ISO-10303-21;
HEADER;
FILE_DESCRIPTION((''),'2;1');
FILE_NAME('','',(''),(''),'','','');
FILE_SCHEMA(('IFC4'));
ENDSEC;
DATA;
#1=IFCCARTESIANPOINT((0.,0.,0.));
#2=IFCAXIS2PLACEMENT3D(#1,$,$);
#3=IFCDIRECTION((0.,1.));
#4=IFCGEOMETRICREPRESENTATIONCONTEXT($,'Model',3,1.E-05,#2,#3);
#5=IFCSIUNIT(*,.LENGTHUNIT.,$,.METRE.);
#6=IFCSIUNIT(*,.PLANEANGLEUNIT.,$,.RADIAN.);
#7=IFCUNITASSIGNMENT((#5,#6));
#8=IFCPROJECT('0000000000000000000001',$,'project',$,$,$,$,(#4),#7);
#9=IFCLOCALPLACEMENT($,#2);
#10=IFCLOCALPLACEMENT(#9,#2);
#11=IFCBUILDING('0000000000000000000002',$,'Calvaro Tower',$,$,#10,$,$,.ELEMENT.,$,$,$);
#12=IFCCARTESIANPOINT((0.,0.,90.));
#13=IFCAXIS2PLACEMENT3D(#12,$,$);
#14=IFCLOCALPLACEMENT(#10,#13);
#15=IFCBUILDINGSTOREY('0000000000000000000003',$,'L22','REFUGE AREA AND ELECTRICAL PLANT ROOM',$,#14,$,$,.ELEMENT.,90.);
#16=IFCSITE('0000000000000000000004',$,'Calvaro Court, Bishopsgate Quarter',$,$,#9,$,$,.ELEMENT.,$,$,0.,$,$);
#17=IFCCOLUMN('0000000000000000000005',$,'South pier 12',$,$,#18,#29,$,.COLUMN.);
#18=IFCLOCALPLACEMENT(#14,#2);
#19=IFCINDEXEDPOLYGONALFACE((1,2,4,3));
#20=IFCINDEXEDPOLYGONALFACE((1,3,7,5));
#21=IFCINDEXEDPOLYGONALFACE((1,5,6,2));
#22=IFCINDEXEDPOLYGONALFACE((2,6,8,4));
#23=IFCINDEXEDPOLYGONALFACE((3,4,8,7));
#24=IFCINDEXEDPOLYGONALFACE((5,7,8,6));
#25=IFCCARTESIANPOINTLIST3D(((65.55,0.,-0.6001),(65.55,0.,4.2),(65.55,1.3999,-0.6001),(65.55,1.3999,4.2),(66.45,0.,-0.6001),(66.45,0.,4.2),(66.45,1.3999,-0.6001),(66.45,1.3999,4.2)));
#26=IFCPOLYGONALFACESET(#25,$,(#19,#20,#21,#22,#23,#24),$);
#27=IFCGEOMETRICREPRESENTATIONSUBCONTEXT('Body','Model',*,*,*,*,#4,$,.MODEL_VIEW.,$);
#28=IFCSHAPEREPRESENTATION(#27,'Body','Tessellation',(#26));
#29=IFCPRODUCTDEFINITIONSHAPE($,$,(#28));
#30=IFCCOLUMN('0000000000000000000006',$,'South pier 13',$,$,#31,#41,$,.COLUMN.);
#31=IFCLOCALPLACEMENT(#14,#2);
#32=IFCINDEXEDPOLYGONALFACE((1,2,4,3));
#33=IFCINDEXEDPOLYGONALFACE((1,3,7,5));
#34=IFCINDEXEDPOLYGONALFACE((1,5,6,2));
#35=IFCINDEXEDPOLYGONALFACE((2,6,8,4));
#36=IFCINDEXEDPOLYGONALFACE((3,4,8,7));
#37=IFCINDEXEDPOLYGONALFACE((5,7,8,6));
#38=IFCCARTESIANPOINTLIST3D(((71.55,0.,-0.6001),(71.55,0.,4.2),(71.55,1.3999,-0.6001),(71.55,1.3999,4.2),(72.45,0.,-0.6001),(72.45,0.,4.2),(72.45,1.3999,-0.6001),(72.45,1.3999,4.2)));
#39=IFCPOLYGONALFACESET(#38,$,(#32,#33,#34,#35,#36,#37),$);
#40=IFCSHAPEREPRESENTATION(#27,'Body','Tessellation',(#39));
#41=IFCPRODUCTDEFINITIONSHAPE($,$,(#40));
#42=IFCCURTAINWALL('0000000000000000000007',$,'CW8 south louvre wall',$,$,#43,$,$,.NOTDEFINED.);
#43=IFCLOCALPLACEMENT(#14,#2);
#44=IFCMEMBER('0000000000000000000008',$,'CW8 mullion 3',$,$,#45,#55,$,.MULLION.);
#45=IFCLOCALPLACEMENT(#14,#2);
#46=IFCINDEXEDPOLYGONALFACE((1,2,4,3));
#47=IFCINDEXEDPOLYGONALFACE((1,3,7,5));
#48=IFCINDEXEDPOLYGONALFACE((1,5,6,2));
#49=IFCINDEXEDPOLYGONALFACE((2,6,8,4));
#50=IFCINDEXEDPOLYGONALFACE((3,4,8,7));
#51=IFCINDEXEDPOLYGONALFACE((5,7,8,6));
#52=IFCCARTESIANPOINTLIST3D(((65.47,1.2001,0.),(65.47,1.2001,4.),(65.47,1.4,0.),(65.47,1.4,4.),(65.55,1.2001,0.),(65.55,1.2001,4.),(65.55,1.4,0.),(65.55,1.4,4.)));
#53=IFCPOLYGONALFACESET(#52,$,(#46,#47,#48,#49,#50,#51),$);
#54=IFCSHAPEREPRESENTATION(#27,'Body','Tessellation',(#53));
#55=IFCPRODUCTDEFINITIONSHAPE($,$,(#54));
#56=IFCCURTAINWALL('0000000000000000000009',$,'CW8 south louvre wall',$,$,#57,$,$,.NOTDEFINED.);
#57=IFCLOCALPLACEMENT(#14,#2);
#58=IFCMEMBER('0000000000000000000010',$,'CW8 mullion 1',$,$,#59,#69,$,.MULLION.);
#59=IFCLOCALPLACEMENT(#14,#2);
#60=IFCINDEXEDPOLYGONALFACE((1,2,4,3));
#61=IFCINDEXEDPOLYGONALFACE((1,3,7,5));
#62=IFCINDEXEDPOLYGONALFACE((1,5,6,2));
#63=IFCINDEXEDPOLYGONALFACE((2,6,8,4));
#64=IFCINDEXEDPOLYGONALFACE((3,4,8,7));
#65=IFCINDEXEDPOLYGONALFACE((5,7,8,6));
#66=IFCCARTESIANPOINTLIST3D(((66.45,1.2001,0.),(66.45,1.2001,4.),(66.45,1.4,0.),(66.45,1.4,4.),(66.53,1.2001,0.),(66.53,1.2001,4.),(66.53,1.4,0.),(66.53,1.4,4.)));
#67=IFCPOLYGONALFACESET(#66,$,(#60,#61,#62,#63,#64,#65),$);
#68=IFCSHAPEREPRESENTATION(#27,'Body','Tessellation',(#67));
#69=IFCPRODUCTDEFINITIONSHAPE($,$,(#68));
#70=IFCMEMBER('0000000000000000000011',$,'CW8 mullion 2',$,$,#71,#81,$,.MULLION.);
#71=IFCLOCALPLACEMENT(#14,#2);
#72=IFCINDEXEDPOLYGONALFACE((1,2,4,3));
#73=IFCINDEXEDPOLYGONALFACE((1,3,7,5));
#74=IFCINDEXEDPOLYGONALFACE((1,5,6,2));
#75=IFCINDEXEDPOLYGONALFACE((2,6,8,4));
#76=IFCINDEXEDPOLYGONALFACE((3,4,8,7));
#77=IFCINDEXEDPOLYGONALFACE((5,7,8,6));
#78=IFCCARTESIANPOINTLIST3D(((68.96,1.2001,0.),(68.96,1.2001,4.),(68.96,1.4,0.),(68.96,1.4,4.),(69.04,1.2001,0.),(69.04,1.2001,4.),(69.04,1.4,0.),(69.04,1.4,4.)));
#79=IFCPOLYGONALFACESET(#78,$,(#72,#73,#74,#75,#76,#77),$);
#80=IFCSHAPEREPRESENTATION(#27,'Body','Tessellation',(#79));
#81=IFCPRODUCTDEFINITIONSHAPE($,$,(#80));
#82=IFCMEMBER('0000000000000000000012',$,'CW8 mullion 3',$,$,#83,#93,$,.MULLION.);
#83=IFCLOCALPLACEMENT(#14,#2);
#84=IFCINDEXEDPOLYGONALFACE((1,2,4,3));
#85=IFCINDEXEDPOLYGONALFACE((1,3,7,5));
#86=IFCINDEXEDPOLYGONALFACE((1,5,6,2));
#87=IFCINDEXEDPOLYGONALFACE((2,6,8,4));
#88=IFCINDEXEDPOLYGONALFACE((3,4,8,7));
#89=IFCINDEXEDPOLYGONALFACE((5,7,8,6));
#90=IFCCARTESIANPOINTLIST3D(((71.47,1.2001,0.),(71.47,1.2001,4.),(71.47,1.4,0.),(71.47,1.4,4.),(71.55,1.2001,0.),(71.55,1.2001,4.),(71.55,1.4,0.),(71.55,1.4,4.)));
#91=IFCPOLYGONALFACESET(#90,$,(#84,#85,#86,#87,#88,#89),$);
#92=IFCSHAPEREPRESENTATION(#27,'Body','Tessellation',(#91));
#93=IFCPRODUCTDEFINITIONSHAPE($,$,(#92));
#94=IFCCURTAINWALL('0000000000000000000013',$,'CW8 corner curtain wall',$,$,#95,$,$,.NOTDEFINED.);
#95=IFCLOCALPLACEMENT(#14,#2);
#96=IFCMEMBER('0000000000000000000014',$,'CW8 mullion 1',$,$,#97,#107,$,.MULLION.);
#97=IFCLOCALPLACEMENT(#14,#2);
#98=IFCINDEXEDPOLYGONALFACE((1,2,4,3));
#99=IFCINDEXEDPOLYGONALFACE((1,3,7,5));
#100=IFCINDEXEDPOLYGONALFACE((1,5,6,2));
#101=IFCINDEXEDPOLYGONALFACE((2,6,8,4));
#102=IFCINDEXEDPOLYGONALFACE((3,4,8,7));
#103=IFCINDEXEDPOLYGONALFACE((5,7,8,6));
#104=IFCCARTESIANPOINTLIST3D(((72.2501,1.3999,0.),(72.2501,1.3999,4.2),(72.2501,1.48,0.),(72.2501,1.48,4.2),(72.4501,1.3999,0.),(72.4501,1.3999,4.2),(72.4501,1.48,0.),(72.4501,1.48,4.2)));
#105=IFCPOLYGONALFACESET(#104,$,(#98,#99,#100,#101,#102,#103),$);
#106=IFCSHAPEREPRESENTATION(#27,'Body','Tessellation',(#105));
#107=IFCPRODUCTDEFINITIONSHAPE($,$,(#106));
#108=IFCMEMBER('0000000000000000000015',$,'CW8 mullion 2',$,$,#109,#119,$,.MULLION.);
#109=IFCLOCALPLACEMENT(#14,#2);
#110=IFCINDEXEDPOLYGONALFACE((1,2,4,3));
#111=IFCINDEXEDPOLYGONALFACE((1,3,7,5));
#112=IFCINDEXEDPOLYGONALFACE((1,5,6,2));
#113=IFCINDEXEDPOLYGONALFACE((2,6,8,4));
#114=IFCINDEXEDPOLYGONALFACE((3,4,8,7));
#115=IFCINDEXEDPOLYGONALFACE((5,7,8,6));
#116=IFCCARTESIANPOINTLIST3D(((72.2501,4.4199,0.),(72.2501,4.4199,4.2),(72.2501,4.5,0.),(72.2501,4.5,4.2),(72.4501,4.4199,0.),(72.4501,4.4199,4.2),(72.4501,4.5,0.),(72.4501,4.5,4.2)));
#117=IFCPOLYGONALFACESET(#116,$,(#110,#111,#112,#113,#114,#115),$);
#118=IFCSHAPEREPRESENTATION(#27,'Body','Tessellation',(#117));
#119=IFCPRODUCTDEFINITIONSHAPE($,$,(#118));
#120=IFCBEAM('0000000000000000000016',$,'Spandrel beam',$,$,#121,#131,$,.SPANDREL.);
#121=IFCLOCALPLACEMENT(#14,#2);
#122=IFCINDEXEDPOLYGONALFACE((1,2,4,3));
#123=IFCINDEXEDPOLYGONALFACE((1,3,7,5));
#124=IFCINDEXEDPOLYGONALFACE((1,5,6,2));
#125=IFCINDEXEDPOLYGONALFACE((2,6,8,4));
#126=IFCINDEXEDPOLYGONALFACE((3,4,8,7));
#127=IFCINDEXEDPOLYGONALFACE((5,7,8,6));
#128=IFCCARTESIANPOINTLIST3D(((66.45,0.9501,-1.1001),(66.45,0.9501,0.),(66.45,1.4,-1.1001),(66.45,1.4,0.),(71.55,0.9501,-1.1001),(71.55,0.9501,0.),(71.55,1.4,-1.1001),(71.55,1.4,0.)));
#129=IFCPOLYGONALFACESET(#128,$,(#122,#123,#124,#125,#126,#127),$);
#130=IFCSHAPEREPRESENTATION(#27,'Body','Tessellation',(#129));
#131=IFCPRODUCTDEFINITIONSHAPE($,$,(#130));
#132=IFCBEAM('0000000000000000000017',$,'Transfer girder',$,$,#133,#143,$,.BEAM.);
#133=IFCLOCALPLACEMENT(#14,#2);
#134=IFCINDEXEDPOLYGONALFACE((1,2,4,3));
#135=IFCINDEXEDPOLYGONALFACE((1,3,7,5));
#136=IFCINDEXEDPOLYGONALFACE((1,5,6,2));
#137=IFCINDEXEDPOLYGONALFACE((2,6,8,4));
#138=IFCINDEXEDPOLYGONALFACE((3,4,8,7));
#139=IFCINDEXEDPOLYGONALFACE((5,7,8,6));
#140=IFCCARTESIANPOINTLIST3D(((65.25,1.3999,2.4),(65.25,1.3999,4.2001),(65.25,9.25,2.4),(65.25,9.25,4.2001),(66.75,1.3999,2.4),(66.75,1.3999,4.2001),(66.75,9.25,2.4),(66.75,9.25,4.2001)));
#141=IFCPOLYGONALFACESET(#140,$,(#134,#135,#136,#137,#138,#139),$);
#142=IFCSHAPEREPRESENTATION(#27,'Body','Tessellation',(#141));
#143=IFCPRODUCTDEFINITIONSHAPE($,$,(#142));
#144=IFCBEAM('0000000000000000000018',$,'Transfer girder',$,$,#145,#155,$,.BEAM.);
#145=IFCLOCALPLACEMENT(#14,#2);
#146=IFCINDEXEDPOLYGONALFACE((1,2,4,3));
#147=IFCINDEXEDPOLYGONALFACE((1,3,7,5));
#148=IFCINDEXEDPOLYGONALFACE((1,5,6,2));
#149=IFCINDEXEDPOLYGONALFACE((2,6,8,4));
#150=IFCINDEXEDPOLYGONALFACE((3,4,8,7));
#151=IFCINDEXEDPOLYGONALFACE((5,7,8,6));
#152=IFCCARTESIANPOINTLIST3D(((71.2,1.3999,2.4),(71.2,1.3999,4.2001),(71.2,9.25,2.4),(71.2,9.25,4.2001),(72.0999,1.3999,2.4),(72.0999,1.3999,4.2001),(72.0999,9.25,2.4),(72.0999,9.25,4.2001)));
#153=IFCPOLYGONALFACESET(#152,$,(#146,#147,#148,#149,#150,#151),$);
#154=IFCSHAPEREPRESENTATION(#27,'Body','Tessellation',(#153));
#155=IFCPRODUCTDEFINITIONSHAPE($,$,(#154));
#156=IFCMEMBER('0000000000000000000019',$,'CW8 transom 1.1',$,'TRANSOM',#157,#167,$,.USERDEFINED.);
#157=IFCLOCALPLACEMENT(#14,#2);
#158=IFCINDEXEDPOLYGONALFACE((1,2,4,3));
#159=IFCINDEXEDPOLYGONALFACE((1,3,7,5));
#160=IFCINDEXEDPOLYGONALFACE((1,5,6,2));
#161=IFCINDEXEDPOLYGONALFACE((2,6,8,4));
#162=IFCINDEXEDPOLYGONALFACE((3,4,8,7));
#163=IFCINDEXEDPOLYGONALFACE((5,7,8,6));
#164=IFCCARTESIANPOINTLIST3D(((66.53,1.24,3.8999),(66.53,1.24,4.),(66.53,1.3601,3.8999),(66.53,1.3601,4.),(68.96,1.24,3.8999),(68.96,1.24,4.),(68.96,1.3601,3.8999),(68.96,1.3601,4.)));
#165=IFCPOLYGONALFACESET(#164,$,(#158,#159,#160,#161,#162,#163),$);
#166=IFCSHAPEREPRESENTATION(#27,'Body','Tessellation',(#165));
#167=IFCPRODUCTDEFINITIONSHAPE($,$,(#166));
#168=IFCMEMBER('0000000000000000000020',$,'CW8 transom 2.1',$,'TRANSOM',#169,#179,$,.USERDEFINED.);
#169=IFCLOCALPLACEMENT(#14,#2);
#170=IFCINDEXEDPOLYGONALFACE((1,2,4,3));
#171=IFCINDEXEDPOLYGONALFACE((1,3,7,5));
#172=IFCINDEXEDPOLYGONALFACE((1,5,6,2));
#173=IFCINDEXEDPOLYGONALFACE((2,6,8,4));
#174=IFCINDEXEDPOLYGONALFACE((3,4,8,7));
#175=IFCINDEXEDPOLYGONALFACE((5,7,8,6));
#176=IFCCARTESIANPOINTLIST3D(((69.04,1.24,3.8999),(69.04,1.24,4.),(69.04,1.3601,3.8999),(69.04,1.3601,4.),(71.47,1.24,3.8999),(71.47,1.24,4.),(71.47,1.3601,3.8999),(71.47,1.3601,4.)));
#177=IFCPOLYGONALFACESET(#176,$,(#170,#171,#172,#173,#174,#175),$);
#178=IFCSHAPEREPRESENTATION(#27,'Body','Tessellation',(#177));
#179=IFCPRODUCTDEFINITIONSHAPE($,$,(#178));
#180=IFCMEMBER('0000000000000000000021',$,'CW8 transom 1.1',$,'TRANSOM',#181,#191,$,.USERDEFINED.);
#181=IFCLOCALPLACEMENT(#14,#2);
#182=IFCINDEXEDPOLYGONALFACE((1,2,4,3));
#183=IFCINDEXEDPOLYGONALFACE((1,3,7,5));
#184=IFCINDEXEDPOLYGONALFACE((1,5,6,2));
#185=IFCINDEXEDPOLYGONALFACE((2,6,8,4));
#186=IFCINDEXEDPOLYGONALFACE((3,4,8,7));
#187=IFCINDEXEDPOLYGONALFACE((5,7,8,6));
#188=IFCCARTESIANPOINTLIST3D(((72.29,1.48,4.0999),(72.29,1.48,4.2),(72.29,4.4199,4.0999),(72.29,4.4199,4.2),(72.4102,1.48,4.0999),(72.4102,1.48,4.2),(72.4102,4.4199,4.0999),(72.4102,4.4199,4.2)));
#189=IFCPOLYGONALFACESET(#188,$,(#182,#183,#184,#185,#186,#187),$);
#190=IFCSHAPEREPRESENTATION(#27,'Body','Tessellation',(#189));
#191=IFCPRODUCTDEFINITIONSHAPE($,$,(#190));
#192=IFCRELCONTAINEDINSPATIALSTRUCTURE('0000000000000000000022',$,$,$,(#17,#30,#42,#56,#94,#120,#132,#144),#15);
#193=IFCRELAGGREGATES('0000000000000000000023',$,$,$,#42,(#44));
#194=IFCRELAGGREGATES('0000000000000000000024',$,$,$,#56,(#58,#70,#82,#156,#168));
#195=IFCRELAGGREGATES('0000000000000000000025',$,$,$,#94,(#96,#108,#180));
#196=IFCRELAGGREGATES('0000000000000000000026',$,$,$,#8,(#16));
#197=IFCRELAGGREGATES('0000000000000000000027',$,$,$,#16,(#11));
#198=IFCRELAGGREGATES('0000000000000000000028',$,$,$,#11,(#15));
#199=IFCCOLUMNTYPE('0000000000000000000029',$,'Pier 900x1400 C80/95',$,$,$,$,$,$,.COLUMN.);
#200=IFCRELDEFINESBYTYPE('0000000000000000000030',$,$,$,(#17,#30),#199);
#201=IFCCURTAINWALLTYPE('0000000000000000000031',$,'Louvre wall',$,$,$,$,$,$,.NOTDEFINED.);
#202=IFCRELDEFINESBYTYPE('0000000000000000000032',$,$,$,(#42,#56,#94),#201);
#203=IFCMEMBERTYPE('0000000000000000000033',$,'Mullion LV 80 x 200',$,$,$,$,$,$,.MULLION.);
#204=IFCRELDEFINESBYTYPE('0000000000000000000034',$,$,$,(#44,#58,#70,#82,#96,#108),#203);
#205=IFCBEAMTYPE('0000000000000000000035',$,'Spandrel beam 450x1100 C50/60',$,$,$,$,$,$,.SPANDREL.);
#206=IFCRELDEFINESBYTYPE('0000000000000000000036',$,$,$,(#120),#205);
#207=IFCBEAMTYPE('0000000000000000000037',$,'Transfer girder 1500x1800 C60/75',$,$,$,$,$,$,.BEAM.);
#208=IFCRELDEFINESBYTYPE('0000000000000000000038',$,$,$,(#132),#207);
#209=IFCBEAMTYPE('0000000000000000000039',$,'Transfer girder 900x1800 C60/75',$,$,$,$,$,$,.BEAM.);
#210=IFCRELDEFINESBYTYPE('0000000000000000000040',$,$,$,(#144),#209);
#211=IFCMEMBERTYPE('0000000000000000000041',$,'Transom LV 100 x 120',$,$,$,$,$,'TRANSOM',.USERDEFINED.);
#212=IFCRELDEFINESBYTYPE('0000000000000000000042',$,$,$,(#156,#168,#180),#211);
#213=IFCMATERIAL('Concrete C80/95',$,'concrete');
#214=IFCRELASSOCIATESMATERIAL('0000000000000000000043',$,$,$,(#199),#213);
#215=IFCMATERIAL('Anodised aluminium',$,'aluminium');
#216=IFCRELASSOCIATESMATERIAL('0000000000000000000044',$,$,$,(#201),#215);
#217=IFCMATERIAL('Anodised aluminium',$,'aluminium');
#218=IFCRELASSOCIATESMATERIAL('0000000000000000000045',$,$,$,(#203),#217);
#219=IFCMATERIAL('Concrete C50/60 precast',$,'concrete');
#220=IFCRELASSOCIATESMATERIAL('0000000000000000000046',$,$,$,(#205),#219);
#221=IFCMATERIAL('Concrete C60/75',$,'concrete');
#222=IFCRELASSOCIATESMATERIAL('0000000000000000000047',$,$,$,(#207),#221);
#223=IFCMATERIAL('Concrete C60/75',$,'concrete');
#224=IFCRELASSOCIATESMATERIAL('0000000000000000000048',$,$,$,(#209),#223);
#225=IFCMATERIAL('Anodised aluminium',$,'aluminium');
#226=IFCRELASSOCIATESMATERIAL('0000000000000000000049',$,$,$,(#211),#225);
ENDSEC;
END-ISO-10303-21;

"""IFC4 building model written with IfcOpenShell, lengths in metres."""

from ifc_helpers import new_model, si_unit, direction, frame, origin, origin_2d, place, context, subcontext, project, spatial, rectangle, extrude, material, material_profile, profile_set, type_object, element, aggregate, save


model = new_model("IFC4")

# Units and contexts
model_context = context("Model", 3, precision=1e-05, world=origin(), true_north=direction((0.0, 1.0)))
body_context = subcontext(model_context, "Body", "Model", "MODEL_VIEW")
ifc_project = project(units=[si_unit("LENGTHUNIT", "METRE"), si_unit("PLANEANGLEUNIT", "RADIAN")], contexts=[model_context])

# Site, building, storey
site_placement = place(None, origin())
site = spatial("IfcSite", under=ifc_project, at=site_placement, Name="Calvaro Court, Bishopsgate Quarter", CompositionType="ELEMENT", RefElevation=0.0)
building_placement = place(site_placement, origin())
building = spatial("IfcBuilding", under=site, at=building_placement, Name="Calvaro Tower", CompositionType="ELEMENT")
storey_placement = place(building_placement, frame((0.0, 0.0, 90.0)))
storey = spatial("IfcBuildingStorey", under=building, at=storey_placement, Name="L22", Description="REFUGE AREA AND ELECTRICAL PLANT ROOM", CompositionType="ELEMENT", Elevation=90.0)

# Columns
ifc_material_1 = material(Name="Concrete C80/95", Category="concrete")
ifc_material_profile_1 = material_profile(ifc_material_1, rectangle(XDim=0.8999, YDim=1.3999, at=origin_2d()), Name="RC 900x1400")
ifc_profile_set_1 = profile_set([ifc_material_profile_1], Name="Concrete C80/95")
column_type = type_object("IfcColumnType", Name="Pier 900x1400 C80/95", PredefinedType="COLUMN", material=ifc_profile_set_1)
for number, where, z_axis, x_axis, name in (
    (1, (66.0, 0.7, -0.6001), (0.0, 0.0, 1.0), (1.0, 0.0, 0.0), "South pier 12"),
    (2, (72.0, 0.7, -0.6001), (0.0, 0.0, 1.0), (1.0, 0.0, 0.0), "South pier 13"),
):
    element("IfcColumn", number, at=place(storey_placement, frame(where, z_axis=z_axis, x_axis=x_axis)), inside=storey, type_object=column_type, Name=name, PredefinedType="COLUMN", context=body_context, shape_type="SweptSolid", body=[
        extrude(rectangle(XDim=0.8999, YDim=1.3999, at=origin_2d()), origin(), (0.0, 0.0, 1.0), 4.8),
    ])

# Curtain wall, member
ifc_material_2 = material(Name="Anodised aluminium", Category="aluminium")
curtain_wall_type = type_object("IfcCurtainWallType", Name="Louvre wall", PredefinedType="NOTDEFINED", material=ifc_material_2)
curtain_wall_1_placement = place(storey_placement, origin())
curtain_wall_1 = element("IfcCurtainWall", 3, at=curtain_wall_1_placement, inside=storey, type_object=curtain_wall_type, Name="CW8 south louvre wall", PredefinedType="NOTDEFINED")
ifc_material_3 = material(Name="Anodised aluminium", Category="aluminium")
ifc_material_profile_2 = material_profile(ifc_material_3, rectangle(XDim=0.2, YDim=0.0801, at=origin_2d()), Name="Mullion LV 80 x 200")
ifc_profile_set_2 = profile_set([ifc_material_profile_2], Name="Anodised aluminium")
member_type_1 = type_object("IfcMemberType", Name="Mullion LV 80 x 200", PredefinedType="MULLION", material=ifc_profile_set_2)
member_1_placement = place(storey_placement, frame((65.51, 1.3, 0.0), z_axis=(0.0, 0.0, 1.0), x_axis=(0.0, 1.0, 0.0)))
member_1 = element("IfcMember", 4, at=member_1_placement, type_object=member_type_1, Name="CW8 mullion 3", PredefinedType="MULLION", context=body_context, shape_type="SweptSolid", body=[
    extrude(rectangle(XDim=0.2, YDim=0.0801, at=origin_2d()), origin(), (0.0, 0.0, 1.0), 4.0),
])
aggregate(curtain_wall_1, [member_1])

# Curtain walls, members
curtain_wall_2_placement = place(storey_placement, origin())
curtain_wall_2 = element("IfcCurtainWall", 5, at=curtain_wall_2_placement, inside=storey, type_object=curtain_wall_type, Name="CW8 south louvre wall", PredefinedType="NOTDEFINED")
member_2_placement = place(storey_placement, frame((66.49, 1.3, 0.0), z_axis=(0.0, 0.0, 1.0), x_axis=(0.0, 1.0, 0.0)))
member_2 = element("IfcMember", 6, at=member_2_placement, type_object=member_type_1, Name="CW8 mullion 1", PredefinedType="MULLION", context=body_context, shape_type="SweptSolid", body=[
    extrude(rectangle(XDim=0.2, YDim=0.0801, at=origin_2d()), origin(), (0.0, 0.0, 1.0), 4.0),
])
member_3_placement = place(storey_placement, frame((69.0, 1.3, 0.0), z_axis=(0.0, 0.0, 1.0), x_axis=(0.0, 1.0, 0.0)))
member_3 = element("IfcMember", 7, at=member_3_placement, type_object=member_type_1, Name="CW8 mullion 2", PredefinedType="MULLION", context=body_context, shape_type="SweptSolid", body=[
    extrude(rectangle(XDim=0.2, YDim=0.0801, at=origin_2d()), origin(), (0.0, 0.0, 1.0), 4.0),
])
member_4_placement = place(storey_placement, frame((71.51, 1.3, 0.0), z_axis=(0.0, 0.0, 1.0), x_axis=(0.0, 1.0, 0.0)))
member_4 = element("IfcMember", 8, at=member_4_placement, type_object=member_type_1, Name="CW8 mullion 3", PredefinedType="MULLION", context=body_context, shape_type="SweptSolid", body=[
    extrude(rectangle(XDim=0.2, YDim=0.0801, at=origin_2d()), origin(), (0.0, 0.0, 1.0), 4.0),
])
curtain_wall_3_placement = place(storey_placement, origin())
curtain_wall_3 = element("IfcCurtainWall", 9, at=curtain_wall_3_placement, inside=storey, type_object=curtain_wall_type, Name="CW8 corner curtain wall", PredefinedType="NOTDEFINED")
member_5_placement = place(storey_placement, frame((72.3501, 1.4399, 0.0), z_axis=(0.0, 0.0, 1.0), x_axis=(-1.0, 0.0, 0.0)))
member_5 = element("IfcMember", 10, at=member_5_placement, type_object=member_type_1, Name="CW8 mullion 1", PredefinedType="MULLION", context=body_context, shape_type="SweptSolid", body=[
    extrude(rectangle(XDim=0.2, YDim=0.0801, at=origin_2d()), origin(), (0.0, 0.0, 1.0), 4.2),
])
member_6_placement = place(storey_placement, frame((72.3501, 4.46, 0.0), z_axis=(0.0, 0.0, 1.0), x_axis=(-1.0, 0.0, 0.0)))
member_6 = element("IfcMember", 11, at=member_6_placement, type_object=member_type_1, Name="CW8 mullion 2", PredefinedType="MULLION", context=body_context, shape_type="SweptSolid", body=[
    extrude(rectangle(XDim=0.2, YDim=0.0801, at=origin_2d()), origin(), (0.0, 0.0, 1.0), 4.2),
])

# Beams
ifc_material_4 = material(Name="Concrete C50/60 precast", Category="concrete")
ifc_material_profile_3 = material_profile(ifc_material_4, rectangle(XDim=0.45, YDim=1.1001, at=origin_2d()), Name="RC 450x1100")
ifc_profile_set_3 = profile_set([ifc_material_profile_3], Name="Concrete C50/60 precast")
beam_type_1 = type_object("IfcBeamType", Name="Spandrel beam 450x1100 C50/60", PredefinedType="SPANDREL", material=ifc_profile_set_3)
beam_1_placement = place(storey_placement, frame((66.45, 1.175, -0.55), z_axis=(1.0, 0.0, 0.0), x_axis=(0.0, 1.0, 0.0)))
element("IfcBeam", 12, at=beam_1_placement, inside=storey, type_object=beam_type_1, Name="Spandrel beam", PredefinedType="SPANDREL", context=body_context, shape_type="SweptSolid", body=[
    extrude(rectangle(XDim=0.45, YDim=1.1001, at=origin_2d()), origin(), (0.0, 0.0, 1.0), 5.1001),
])
ifc_material_5 = material(Name="Concrete C60/75", Category="concrete")
ifc_material_profile_4 = material_profile(ifc_material_5, rectangle(XDim=1.5, YDim=1.8, at=origin_2d()), Name="RC 1500x1800")
ifc_profile_set_4 = profile_set([ifc_material_profile_4], Name="Concrete C60/75")
beam_type_2 = type_object("IfcBeamType", Name="Transfer girder 1500x1800 C60/75", PredefinedType="BEAM", material=ifc_profile_set_4)
beam_2_placement = place(storey_placement, frame((66.0, 1.3999, 3.3), z_axis=(0.0, 1.0, 0.0), x_axis=(-1.0, 0.0, 0.0)))
element("IfcBeam", 13, at=beam_2_placement, inside=storey, type_object=beam_type_2, Name="Transfer girder", PredefinedType="BEAM", context=body_context, shape_type="SweptSolid", body=[
    extrude(rectangle(XDim=1.5, YDim=1.8, at=origin_2d()), origin(), (0.0, 0.0, 1.0), 7.8501),
])
ifc_material_6 = material(Name="Concrete C60/75", Category="concrete")
ifc_material_profile_5 = material_profile(ifc_material_6, rectangle(XDim=0.8999, YDim=1.8, at=origin_2d()), Name="RC 900x1800")
ifc_profile_set_5 = profile_set([ifc_material_profile_5], Name="Concrete C60/75")
beam_type_3 = type_object("IfcBeamType", Name="Transfer girder 900x1800 C60/75", PredefinedType="BEAM", material=ifc_profile_set_5)
beam_3_placement = place(storey_placement, frame((71.6499, 1.3999, 3.3), z_axis=(0.0, 1.0, 0.0), x_axis=(-1.0, 0.0, 0.0)))
element("IfcBeam", 14, at=beam_3_placement, inside=storey, type_object=beam_type_3, Name="Transfer girder", PredefinedType="BEAM", context=body_context, shape_type="SweptSolid", body=[
    extrude(rectangle(XDim=0.8999, YDim=1.8, at=origin_2d()), origin(), (0.0, 0.0, 1.0), 7.8501),
])

# Members
ifc_material_7 = material(Name="Anodised aluminium", Category="aluminium")
ifc_material_profile_6 = material_profile(ifc_material_7, rectangle(XDim=0.1201, YDim=0.1001, at=origin_2d()), Name="Transom LV 100 x 120")
ifc_profile_set_6 = profile_set([ifc_material_profile_6], Name="Anodised aluminium")
member_type_2 = type_object("IfcMemberType", Name="Transom LV 100 x 120", ElementType="TRANSOM", PredefinedType="USERDEFINED", material=ifc_profile_set_6)
member_7_placement = place(storey_placement, frame((66.53, 1.3, 3.95), z_axis=(1.0, 0.0, 0.0), x_axis=(0.0, 1.0, 0.0)))
member_7 = element("IfcMember", 15, at=member_7_placement, type_object=member_type_2, Name="CW8 transom 1.1", ObjectType="TRANSOM", PredefinedType="USERDEFINED", context=body_context, shape_type="SweptSolid", body=[
    extrude(rectangle(XDim=0.1201, YDim=0.1001, at=origin_2d()), origin(), (0.0, 0.0, 1.0), 2.4299),
])
member_8_placement = place(storey_placement, frame((69.04, 1.3, 3.95), z_axis=(1.0, 0.0, 0.0), x_axis=(0.0, 1.0, 0.0)))
member_8 = element("IfcMember", 16, at=member_8_placement, type_object=member_type_2, Name="CW8 transom 2.1", ObjectType="TRANSOM", PredefinedType="USERDEFINED", context=body_context, shape_type="SweptSolid", body=[
    extrude(rectangle(XDim=0.1201, YDim=0.1001, at=origin_2d()), origin(), (0.0, 0.0, 1.0), 2.4299),
])
member_9_placement = place(storey_placement, frame((72.3501, 1.48, 4.1499), z_axis=(0.0, 1.0, 0.0), x_axis=(-1.0, 0.0, 0.0)))
member_9 = element("IfcMember", 17, at=member_9_placement, type_object=member_type_2, Name="CW8 transom 1.1", ObjectType="TRANSOM", PredefinedType="USERDEFINED", context=body_context, shape_type="SweptSolid", body=[
    extrude(rectangle(XDim=0.1201, YDim=0.1001, at=origin_2d()), origin(), (0.0, 0.0, 1.0), 2.9399),
])

aggregate(curtain_wall_2, [member_2, member_3, member_4, member_7, member_8])
aggregate(curtain_wall_3, [member_5, member_6, member_9])

save(model, "model.ifc")
